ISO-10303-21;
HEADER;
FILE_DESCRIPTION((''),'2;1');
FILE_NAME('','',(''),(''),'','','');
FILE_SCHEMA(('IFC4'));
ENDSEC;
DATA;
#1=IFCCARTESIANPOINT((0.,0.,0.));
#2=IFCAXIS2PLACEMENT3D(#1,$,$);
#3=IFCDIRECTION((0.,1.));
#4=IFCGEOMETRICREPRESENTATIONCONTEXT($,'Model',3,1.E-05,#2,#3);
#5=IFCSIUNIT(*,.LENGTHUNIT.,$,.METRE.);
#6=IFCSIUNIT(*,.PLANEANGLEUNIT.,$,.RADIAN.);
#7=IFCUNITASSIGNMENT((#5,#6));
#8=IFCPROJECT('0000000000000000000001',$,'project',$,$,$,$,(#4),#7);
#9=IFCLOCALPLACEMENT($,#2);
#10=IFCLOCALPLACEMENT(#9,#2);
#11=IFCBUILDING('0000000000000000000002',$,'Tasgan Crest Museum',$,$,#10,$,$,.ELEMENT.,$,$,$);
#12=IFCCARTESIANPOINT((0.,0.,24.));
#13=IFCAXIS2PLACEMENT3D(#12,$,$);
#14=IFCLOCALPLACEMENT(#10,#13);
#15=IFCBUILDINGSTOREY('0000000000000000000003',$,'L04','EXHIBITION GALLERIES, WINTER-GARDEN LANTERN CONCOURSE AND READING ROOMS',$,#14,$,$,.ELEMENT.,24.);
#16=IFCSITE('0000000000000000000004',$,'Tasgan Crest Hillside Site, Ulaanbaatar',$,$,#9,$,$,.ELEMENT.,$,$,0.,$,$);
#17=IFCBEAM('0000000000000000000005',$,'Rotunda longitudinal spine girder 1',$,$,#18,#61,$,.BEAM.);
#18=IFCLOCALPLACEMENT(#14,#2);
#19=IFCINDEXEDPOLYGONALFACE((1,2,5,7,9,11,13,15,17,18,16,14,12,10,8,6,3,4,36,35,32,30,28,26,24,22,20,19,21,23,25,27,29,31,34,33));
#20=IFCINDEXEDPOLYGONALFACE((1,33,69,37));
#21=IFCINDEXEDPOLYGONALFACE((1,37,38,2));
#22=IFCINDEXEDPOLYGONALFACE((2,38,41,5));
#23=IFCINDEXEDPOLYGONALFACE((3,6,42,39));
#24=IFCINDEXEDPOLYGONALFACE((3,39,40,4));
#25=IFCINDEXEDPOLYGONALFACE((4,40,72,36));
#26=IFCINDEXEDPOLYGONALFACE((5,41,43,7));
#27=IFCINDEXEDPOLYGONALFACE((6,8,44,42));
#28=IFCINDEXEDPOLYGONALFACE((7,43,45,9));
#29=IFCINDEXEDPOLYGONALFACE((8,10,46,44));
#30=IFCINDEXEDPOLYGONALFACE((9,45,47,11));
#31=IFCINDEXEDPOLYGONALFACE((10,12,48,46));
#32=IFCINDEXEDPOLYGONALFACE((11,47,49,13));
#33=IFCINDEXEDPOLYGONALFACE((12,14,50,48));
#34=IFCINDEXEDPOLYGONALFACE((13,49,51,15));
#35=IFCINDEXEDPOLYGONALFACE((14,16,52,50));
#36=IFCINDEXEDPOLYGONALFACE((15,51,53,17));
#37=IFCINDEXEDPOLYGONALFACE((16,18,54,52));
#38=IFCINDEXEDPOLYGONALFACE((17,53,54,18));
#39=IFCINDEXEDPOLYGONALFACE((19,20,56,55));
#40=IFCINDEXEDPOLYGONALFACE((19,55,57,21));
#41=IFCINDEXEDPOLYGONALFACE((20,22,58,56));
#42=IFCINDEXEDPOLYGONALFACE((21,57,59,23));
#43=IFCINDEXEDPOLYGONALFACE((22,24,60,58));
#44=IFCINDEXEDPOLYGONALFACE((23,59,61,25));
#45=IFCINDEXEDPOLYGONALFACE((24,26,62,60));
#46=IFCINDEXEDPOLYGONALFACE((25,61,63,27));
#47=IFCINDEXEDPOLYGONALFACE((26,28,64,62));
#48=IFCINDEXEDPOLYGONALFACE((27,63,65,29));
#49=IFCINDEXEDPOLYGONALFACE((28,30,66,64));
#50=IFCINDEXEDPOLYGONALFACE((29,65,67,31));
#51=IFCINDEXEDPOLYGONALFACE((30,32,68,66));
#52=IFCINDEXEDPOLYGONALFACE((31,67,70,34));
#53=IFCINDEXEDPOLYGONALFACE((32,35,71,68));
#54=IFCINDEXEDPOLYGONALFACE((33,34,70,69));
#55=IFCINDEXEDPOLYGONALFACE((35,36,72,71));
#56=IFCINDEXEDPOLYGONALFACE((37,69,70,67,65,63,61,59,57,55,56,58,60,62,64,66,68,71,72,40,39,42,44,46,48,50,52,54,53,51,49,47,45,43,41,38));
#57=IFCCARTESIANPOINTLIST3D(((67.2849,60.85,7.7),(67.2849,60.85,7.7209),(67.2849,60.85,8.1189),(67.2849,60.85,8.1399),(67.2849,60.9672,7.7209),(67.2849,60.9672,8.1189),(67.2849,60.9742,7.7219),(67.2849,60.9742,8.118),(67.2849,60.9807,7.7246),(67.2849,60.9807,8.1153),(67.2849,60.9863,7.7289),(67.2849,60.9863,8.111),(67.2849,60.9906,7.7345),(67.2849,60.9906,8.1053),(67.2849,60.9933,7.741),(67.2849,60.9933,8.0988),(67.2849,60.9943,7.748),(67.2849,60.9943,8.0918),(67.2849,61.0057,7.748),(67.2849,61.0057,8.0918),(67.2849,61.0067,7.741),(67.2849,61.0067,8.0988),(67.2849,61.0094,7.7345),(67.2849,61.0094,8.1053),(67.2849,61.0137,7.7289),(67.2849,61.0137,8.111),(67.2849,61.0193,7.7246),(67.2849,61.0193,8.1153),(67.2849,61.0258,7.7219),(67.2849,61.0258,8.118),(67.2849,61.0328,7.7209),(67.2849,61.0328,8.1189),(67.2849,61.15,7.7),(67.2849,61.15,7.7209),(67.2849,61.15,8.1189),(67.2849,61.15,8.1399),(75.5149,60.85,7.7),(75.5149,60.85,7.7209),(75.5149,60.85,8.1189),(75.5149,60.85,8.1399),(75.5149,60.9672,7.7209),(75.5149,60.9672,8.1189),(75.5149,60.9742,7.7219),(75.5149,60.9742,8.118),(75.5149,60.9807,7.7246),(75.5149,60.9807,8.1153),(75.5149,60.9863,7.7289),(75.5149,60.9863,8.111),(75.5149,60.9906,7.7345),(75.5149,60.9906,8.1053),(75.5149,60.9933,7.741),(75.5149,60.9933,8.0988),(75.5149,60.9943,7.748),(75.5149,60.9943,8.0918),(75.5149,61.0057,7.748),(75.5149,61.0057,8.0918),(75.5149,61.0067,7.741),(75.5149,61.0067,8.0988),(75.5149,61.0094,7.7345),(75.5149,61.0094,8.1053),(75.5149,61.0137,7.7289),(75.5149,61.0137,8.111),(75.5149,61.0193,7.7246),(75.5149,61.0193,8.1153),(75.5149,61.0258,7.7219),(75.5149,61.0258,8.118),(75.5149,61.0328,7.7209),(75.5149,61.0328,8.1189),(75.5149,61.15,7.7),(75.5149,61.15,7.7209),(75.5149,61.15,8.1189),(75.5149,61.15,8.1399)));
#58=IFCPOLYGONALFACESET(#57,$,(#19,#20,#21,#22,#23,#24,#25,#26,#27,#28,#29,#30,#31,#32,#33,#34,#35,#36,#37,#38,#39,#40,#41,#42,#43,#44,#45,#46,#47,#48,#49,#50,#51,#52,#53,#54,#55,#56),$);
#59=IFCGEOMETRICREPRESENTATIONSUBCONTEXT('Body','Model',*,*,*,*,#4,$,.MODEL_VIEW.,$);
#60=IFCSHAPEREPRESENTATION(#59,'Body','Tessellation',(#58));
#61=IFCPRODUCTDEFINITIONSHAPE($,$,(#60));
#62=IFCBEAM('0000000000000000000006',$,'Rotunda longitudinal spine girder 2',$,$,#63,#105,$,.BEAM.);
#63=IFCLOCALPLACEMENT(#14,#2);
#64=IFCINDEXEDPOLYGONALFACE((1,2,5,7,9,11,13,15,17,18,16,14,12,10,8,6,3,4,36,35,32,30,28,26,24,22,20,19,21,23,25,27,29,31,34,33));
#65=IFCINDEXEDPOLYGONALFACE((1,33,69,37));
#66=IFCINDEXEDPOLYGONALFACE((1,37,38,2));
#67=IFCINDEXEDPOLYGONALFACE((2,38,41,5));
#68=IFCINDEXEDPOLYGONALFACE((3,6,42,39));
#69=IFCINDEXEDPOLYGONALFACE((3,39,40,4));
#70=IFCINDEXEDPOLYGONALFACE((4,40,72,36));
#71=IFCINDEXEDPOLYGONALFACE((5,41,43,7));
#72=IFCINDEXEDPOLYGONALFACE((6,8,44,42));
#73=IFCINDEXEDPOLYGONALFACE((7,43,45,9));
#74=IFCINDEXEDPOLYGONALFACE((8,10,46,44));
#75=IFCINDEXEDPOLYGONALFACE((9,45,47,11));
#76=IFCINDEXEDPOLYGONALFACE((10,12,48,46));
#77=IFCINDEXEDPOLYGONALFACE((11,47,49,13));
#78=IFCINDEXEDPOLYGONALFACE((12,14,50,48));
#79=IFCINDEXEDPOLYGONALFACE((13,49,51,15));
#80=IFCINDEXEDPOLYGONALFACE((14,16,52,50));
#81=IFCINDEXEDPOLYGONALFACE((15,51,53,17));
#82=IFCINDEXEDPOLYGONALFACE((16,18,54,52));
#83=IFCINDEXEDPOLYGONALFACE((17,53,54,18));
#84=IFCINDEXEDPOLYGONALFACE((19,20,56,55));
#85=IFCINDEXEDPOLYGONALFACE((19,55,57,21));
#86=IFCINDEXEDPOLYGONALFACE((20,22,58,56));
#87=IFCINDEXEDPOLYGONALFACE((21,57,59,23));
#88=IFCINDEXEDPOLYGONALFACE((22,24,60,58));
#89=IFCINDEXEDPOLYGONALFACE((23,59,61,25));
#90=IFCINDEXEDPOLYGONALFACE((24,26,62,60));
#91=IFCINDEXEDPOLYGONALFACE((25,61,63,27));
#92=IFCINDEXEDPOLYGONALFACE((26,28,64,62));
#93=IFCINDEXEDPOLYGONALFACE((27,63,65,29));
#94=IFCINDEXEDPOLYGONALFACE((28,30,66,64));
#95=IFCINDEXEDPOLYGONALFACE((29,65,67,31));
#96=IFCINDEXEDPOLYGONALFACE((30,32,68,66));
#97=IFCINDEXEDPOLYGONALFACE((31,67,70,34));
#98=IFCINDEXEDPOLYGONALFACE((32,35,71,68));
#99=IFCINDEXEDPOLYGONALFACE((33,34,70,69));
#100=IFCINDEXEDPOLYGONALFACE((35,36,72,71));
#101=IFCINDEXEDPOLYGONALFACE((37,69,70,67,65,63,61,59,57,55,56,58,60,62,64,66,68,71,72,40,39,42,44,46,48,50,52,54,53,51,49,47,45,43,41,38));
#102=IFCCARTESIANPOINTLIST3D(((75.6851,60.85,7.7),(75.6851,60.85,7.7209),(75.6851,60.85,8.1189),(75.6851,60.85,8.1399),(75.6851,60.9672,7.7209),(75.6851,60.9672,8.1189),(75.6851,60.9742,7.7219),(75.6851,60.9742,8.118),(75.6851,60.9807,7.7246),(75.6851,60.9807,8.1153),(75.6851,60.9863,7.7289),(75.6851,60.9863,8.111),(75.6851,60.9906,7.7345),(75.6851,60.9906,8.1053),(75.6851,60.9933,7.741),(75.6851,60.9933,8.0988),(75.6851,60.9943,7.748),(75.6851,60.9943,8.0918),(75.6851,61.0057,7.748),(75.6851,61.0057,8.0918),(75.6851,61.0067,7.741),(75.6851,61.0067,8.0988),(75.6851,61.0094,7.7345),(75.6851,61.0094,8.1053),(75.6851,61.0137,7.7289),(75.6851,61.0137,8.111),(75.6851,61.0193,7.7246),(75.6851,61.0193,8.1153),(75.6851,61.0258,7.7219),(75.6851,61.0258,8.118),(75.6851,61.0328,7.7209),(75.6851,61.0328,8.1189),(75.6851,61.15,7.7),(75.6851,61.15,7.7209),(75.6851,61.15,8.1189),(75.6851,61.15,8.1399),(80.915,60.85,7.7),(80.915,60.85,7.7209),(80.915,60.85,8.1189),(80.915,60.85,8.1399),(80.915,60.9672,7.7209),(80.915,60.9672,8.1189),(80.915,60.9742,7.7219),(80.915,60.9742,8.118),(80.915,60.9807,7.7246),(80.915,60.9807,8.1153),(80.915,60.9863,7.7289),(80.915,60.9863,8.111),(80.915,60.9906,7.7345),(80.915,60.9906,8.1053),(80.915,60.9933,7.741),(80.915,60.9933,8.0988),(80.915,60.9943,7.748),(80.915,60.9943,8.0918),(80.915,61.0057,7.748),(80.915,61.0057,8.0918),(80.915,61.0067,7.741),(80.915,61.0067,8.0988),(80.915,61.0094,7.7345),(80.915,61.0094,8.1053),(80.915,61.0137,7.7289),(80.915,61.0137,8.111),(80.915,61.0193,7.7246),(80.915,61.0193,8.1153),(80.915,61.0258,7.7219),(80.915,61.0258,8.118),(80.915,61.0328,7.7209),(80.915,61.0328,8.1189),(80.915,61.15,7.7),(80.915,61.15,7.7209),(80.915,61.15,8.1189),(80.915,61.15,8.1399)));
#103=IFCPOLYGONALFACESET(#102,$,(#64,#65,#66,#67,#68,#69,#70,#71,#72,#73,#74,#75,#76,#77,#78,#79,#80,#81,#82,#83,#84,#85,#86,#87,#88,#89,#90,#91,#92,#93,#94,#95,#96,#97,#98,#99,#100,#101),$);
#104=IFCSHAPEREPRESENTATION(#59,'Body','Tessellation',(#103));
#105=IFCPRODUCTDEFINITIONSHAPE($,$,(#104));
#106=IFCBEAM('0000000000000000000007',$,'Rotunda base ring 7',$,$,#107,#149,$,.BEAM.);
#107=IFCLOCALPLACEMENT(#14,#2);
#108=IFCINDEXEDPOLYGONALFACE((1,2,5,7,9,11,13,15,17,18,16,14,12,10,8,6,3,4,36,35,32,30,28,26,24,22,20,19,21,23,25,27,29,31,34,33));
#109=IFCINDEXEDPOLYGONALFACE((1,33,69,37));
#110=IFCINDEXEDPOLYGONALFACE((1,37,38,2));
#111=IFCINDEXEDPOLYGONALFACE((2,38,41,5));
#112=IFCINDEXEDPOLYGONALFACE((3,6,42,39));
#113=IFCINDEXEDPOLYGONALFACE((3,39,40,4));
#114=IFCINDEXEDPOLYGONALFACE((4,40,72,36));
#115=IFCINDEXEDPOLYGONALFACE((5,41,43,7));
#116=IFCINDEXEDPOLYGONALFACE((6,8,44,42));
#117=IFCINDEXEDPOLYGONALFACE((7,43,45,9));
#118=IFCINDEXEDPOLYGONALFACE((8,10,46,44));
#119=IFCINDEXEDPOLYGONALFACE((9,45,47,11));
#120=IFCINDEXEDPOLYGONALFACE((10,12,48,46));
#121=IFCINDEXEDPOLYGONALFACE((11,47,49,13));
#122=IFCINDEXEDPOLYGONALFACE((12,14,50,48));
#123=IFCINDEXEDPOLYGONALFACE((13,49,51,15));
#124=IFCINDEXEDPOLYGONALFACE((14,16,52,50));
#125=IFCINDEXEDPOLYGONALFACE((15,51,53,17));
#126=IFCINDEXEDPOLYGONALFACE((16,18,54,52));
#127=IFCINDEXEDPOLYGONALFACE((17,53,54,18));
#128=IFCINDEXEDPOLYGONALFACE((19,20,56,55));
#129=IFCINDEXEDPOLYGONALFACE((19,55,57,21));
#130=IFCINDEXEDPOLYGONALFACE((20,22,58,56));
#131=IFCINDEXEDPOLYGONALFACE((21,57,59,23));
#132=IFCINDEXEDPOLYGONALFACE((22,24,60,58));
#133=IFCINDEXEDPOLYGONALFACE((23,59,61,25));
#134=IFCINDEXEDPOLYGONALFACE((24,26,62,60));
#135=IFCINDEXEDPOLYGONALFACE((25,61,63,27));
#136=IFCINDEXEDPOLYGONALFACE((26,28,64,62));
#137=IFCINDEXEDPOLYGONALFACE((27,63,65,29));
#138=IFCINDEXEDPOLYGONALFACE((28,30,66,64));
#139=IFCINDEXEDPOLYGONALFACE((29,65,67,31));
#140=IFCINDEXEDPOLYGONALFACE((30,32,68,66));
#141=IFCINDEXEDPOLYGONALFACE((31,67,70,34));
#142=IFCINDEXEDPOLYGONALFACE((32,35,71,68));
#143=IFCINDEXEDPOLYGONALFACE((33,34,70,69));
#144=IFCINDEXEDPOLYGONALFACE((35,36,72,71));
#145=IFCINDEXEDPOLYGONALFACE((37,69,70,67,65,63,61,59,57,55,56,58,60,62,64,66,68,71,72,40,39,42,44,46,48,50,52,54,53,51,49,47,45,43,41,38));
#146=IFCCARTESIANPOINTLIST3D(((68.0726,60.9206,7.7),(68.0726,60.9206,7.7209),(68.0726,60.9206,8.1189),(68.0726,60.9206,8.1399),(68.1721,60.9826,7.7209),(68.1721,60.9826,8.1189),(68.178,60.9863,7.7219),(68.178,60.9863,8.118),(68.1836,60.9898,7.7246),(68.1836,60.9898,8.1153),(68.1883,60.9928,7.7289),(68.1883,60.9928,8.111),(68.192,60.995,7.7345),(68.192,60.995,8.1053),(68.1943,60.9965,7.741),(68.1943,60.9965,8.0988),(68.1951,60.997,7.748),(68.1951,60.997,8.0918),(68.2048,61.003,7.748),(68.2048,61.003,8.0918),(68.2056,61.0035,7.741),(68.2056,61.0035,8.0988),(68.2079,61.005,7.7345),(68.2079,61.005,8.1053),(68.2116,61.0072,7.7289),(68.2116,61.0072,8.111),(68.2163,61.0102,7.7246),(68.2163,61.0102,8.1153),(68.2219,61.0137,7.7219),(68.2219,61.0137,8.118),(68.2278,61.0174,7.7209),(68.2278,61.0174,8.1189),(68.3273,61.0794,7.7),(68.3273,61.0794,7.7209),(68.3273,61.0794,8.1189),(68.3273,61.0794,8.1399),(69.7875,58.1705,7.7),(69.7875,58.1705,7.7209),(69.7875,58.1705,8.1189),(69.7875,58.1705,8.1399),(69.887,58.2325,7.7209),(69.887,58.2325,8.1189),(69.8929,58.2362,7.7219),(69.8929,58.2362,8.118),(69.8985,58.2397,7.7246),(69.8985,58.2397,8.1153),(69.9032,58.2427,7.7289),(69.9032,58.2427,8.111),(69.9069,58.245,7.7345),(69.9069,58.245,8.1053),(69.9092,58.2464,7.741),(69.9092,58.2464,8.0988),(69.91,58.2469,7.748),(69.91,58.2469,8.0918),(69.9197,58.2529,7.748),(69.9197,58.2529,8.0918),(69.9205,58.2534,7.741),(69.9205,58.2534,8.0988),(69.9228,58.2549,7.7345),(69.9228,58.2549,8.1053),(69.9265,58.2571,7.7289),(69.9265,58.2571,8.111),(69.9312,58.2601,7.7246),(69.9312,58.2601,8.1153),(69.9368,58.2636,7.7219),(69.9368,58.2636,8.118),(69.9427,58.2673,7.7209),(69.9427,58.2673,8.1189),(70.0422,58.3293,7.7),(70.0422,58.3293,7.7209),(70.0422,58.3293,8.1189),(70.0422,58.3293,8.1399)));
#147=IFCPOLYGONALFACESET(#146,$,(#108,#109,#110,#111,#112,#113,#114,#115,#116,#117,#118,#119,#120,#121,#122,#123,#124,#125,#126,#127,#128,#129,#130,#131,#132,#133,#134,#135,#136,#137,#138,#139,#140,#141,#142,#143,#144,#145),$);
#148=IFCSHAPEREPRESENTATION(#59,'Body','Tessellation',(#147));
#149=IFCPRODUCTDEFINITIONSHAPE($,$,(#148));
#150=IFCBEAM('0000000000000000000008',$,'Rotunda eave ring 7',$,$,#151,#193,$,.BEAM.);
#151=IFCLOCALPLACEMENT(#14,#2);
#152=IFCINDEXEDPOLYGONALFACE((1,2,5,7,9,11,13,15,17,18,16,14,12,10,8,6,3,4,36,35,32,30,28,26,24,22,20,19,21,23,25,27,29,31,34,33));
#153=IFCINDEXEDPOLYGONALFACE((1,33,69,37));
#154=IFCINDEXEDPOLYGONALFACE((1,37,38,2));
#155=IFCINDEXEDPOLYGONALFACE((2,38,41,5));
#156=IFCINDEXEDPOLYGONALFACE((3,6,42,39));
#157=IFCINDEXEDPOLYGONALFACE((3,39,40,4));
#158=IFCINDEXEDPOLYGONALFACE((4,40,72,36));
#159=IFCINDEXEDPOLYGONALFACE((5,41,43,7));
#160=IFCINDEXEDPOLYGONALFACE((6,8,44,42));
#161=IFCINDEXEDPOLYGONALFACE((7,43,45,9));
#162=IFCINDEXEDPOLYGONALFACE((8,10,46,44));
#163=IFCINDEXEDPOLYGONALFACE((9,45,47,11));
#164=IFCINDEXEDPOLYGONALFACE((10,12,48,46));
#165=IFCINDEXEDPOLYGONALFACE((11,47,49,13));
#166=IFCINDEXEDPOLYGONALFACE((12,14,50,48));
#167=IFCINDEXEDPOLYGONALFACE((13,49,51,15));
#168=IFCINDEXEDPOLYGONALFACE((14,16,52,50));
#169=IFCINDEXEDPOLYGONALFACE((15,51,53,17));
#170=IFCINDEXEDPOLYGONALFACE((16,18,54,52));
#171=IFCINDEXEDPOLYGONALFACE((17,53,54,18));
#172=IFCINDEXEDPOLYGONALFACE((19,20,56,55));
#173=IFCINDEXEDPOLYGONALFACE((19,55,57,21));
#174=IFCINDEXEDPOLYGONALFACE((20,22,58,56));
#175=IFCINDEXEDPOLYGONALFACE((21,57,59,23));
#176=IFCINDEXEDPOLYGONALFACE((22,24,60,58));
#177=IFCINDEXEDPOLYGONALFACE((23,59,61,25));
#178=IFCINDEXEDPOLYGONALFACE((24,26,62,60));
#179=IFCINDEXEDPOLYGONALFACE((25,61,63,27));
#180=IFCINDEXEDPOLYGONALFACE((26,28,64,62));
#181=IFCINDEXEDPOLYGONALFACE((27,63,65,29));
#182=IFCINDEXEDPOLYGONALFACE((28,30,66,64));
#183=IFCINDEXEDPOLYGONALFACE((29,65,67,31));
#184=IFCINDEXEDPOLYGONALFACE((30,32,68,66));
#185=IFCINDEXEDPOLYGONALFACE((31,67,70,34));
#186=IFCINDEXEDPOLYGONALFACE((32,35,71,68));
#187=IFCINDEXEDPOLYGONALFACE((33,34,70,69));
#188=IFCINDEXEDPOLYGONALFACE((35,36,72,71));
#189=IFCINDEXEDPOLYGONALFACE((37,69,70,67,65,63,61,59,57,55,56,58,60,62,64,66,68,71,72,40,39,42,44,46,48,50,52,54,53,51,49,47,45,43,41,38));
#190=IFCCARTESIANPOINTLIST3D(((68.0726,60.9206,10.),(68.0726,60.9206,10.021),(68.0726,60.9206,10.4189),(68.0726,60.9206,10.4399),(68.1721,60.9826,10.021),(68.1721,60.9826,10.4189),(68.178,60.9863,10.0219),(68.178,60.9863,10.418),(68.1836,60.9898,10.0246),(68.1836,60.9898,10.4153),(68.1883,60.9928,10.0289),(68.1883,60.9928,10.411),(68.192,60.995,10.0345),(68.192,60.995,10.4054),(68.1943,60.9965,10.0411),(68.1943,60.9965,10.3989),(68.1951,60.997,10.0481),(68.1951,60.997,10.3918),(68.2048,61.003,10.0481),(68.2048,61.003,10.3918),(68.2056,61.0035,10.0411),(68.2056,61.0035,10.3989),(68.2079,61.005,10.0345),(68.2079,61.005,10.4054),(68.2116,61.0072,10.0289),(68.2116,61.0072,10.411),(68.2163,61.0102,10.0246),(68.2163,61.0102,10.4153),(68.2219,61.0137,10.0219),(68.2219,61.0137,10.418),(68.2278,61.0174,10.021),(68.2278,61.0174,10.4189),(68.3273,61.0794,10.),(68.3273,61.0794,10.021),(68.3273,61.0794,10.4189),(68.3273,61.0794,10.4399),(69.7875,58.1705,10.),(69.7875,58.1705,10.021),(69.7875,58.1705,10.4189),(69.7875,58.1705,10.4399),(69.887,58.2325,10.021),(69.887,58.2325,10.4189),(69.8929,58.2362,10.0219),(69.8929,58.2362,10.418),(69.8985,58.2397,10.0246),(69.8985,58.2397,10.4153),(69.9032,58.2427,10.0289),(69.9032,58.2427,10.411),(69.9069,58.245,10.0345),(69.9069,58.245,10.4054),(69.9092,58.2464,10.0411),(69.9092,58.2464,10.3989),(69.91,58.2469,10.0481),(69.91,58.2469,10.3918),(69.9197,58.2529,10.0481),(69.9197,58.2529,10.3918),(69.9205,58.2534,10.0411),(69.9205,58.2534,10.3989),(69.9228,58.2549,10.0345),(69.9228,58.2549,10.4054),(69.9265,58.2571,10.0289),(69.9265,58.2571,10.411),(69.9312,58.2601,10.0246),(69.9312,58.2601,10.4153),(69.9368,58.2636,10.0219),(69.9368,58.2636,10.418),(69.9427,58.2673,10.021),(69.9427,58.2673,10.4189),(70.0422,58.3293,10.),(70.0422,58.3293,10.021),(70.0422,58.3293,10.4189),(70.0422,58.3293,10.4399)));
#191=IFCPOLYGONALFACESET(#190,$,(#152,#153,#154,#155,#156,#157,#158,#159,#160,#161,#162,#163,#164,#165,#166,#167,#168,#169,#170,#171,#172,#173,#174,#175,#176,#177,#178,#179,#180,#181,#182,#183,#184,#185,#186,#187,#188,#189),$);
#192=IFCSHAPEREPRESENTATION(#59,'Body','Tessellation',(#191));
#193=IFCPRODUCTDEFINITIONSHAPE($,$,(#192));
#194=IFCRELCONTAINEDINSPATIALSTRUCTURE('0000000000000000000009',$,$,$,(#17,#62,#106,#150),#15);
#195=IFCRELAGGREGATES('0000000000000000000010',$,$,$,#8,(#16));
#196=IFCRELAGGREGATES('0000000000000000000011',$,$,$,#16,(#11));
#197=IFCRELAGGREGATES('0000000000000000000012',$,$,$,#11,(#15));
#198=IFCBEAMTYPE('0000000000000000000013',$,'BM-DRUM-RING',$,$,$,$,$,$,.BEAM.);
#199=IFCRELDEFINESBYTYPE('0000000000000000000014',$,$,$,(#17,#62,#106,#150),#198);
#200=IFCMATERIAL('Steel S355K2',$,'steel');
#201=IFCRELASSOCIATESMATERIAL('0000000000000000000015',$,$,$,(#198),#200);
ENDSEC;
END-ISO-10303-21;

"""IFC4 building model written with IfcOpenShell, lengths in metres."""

from ifc_helpers import new_model, si_unit, direction, frame, origin, origin_2d, place, context, subcontext, project, spatial, i_section, extrude, material, material_profile, profile_set, type_object, element, save


model = new_model("IFC4")

# Units and contexts
model_context = context("Model", 3, precision=1e-05, world=origin(), true_north=direction((0.0, 1.0)))
body_context = subcontext(model_context, "Body", "Model", "MODEL_VIEW")
ifc_project = project(units=[si_unit("LENGTHUNIT", "METRE"), si_unit("PLANEANGLEUNIT", "RADIAN")], contexts=[model_context])

# Site, building, storey
site_placement = place(None, origin())
site = spatial("IfcSite", under=ifc_project, at=site_placement, Name="Tasgan Crest Hillside Site, Ulaanbaatar", CompositionType="ELEMENT", RefElevation=0.0)
building_placement = place(site_placement, origin())
building = spatial("IfcBuilding", under=site, at=building_placement, Name="Tasgan Crest Museum", CompositionType="ELEMENT")
storey_placement = place(building_placement, frame((0.0, 0.0, 24.0)))
storey = spatial("IfcBuildingStorey", under=building, at=storey_placement, Name="L04", Description="EXHIBITION GALLERIES, WINTER-GARDEN LANTERN CONCOURSE AND READING ROOMS", CompositionType="ELEMENT", Elevation=24.0)

# Beams
ifc_material_1 = material(Name="Steel S355K2", Category="steel")
ifc_material_profile_1 = material_profile(ifc_material_1, i_section(OverallWidth=0.3, OverallDepth=0.4399, WebThickness=0.0115, FlangeThickness=0.021, FilletRadius=0.0271, at=origin_2d()), Name="HEA 450")
ifc_profile_set_1 = profile_set([ifc_material_profile_1], Name="Steel S355K2")
beam_type = type_object("IfcBeamType", Name="BM-DRUM-RING", PredefinedType="BEAM", material=ifc_profile_set_1)
beam_1_placement = place(storey_placement, frame((67.2849, 61.0, 7.9199), z_axis=(1.0, 0.0, 0.0), x_axis=(0.0, 1.0, 0.0)))
element("IfcBeam", 1, at=beam_1_placement, inside=storey, type_object=beam_type, Name="Rotunda longitudinal spine girder 1", PredefinedType="BEAM", context=body_context, shape_type="SweptSolid", body=[
    extrude(i_section(OverallWidth=0.3, OverallDepth=0.4399, WebThickness=0.0115, FlangeThickness=0.021, FilletRadius=0.0271, at=origin_2d()), origin(), (0.0, 0.0, 1.0), 8.23),
])
beam_2_placement = place(storey_placement, frame((75.6851, 61.0, 7.9199), z_axis=(1.0, 0.0, 0.0), x_axis=(0.0, 1.0, 0.0)))
element("IfcBeam", 2, at=beam_2_placement, inside=storey, type_object=beam_type, Name="Rotunda longitudinal spine girder 2", PredefinedType="BEAM", context=body_context, shape_type="SweptSolid", body=[
    extrude(i_section(OverallWidth=0.3, OverallDepth=0.4399, WebThickness=0.0115, FlangeThickness=0.021, FilletRadius=0.0271, at=origin_2d()), origin(), (0.0, 0.0, 1.0), 5.23),
])
for number, where, z_axis, x_axis, name in (
    (3, (68.2, 61.0, 7.9199), (0.529132, -0.84854, 0.0), (0.84854, 0.529132, 0.0), "Rotunda base ring 7"),
    (4, (68.2, 61.0, 10.22), (0.529132, -0.84854, 0.0), (0.84854, 0.529132, 0.0), "Rotunda eave ring 7"),
):
    element("IfcBeam", number, at=place(storey_placement, frame(where, z_axis=z_axis, x_axis=x_axis)), inside=storey, type_object=beam_type, Name=name, PredefinedType="BEAM", context=body_context, shape_type="SweptSolid", body=[
        extrude(i_section(OverallWidth=0.3, OverallDepth=0.4399, WebThickness=0.0115, FlangeThickness=0.021, FilletRadius=0.0271, at=origin_2d()), origin(), (0.0, 0.0, 1.0), 3.241),
    ])

save(model, "model.ifc")
